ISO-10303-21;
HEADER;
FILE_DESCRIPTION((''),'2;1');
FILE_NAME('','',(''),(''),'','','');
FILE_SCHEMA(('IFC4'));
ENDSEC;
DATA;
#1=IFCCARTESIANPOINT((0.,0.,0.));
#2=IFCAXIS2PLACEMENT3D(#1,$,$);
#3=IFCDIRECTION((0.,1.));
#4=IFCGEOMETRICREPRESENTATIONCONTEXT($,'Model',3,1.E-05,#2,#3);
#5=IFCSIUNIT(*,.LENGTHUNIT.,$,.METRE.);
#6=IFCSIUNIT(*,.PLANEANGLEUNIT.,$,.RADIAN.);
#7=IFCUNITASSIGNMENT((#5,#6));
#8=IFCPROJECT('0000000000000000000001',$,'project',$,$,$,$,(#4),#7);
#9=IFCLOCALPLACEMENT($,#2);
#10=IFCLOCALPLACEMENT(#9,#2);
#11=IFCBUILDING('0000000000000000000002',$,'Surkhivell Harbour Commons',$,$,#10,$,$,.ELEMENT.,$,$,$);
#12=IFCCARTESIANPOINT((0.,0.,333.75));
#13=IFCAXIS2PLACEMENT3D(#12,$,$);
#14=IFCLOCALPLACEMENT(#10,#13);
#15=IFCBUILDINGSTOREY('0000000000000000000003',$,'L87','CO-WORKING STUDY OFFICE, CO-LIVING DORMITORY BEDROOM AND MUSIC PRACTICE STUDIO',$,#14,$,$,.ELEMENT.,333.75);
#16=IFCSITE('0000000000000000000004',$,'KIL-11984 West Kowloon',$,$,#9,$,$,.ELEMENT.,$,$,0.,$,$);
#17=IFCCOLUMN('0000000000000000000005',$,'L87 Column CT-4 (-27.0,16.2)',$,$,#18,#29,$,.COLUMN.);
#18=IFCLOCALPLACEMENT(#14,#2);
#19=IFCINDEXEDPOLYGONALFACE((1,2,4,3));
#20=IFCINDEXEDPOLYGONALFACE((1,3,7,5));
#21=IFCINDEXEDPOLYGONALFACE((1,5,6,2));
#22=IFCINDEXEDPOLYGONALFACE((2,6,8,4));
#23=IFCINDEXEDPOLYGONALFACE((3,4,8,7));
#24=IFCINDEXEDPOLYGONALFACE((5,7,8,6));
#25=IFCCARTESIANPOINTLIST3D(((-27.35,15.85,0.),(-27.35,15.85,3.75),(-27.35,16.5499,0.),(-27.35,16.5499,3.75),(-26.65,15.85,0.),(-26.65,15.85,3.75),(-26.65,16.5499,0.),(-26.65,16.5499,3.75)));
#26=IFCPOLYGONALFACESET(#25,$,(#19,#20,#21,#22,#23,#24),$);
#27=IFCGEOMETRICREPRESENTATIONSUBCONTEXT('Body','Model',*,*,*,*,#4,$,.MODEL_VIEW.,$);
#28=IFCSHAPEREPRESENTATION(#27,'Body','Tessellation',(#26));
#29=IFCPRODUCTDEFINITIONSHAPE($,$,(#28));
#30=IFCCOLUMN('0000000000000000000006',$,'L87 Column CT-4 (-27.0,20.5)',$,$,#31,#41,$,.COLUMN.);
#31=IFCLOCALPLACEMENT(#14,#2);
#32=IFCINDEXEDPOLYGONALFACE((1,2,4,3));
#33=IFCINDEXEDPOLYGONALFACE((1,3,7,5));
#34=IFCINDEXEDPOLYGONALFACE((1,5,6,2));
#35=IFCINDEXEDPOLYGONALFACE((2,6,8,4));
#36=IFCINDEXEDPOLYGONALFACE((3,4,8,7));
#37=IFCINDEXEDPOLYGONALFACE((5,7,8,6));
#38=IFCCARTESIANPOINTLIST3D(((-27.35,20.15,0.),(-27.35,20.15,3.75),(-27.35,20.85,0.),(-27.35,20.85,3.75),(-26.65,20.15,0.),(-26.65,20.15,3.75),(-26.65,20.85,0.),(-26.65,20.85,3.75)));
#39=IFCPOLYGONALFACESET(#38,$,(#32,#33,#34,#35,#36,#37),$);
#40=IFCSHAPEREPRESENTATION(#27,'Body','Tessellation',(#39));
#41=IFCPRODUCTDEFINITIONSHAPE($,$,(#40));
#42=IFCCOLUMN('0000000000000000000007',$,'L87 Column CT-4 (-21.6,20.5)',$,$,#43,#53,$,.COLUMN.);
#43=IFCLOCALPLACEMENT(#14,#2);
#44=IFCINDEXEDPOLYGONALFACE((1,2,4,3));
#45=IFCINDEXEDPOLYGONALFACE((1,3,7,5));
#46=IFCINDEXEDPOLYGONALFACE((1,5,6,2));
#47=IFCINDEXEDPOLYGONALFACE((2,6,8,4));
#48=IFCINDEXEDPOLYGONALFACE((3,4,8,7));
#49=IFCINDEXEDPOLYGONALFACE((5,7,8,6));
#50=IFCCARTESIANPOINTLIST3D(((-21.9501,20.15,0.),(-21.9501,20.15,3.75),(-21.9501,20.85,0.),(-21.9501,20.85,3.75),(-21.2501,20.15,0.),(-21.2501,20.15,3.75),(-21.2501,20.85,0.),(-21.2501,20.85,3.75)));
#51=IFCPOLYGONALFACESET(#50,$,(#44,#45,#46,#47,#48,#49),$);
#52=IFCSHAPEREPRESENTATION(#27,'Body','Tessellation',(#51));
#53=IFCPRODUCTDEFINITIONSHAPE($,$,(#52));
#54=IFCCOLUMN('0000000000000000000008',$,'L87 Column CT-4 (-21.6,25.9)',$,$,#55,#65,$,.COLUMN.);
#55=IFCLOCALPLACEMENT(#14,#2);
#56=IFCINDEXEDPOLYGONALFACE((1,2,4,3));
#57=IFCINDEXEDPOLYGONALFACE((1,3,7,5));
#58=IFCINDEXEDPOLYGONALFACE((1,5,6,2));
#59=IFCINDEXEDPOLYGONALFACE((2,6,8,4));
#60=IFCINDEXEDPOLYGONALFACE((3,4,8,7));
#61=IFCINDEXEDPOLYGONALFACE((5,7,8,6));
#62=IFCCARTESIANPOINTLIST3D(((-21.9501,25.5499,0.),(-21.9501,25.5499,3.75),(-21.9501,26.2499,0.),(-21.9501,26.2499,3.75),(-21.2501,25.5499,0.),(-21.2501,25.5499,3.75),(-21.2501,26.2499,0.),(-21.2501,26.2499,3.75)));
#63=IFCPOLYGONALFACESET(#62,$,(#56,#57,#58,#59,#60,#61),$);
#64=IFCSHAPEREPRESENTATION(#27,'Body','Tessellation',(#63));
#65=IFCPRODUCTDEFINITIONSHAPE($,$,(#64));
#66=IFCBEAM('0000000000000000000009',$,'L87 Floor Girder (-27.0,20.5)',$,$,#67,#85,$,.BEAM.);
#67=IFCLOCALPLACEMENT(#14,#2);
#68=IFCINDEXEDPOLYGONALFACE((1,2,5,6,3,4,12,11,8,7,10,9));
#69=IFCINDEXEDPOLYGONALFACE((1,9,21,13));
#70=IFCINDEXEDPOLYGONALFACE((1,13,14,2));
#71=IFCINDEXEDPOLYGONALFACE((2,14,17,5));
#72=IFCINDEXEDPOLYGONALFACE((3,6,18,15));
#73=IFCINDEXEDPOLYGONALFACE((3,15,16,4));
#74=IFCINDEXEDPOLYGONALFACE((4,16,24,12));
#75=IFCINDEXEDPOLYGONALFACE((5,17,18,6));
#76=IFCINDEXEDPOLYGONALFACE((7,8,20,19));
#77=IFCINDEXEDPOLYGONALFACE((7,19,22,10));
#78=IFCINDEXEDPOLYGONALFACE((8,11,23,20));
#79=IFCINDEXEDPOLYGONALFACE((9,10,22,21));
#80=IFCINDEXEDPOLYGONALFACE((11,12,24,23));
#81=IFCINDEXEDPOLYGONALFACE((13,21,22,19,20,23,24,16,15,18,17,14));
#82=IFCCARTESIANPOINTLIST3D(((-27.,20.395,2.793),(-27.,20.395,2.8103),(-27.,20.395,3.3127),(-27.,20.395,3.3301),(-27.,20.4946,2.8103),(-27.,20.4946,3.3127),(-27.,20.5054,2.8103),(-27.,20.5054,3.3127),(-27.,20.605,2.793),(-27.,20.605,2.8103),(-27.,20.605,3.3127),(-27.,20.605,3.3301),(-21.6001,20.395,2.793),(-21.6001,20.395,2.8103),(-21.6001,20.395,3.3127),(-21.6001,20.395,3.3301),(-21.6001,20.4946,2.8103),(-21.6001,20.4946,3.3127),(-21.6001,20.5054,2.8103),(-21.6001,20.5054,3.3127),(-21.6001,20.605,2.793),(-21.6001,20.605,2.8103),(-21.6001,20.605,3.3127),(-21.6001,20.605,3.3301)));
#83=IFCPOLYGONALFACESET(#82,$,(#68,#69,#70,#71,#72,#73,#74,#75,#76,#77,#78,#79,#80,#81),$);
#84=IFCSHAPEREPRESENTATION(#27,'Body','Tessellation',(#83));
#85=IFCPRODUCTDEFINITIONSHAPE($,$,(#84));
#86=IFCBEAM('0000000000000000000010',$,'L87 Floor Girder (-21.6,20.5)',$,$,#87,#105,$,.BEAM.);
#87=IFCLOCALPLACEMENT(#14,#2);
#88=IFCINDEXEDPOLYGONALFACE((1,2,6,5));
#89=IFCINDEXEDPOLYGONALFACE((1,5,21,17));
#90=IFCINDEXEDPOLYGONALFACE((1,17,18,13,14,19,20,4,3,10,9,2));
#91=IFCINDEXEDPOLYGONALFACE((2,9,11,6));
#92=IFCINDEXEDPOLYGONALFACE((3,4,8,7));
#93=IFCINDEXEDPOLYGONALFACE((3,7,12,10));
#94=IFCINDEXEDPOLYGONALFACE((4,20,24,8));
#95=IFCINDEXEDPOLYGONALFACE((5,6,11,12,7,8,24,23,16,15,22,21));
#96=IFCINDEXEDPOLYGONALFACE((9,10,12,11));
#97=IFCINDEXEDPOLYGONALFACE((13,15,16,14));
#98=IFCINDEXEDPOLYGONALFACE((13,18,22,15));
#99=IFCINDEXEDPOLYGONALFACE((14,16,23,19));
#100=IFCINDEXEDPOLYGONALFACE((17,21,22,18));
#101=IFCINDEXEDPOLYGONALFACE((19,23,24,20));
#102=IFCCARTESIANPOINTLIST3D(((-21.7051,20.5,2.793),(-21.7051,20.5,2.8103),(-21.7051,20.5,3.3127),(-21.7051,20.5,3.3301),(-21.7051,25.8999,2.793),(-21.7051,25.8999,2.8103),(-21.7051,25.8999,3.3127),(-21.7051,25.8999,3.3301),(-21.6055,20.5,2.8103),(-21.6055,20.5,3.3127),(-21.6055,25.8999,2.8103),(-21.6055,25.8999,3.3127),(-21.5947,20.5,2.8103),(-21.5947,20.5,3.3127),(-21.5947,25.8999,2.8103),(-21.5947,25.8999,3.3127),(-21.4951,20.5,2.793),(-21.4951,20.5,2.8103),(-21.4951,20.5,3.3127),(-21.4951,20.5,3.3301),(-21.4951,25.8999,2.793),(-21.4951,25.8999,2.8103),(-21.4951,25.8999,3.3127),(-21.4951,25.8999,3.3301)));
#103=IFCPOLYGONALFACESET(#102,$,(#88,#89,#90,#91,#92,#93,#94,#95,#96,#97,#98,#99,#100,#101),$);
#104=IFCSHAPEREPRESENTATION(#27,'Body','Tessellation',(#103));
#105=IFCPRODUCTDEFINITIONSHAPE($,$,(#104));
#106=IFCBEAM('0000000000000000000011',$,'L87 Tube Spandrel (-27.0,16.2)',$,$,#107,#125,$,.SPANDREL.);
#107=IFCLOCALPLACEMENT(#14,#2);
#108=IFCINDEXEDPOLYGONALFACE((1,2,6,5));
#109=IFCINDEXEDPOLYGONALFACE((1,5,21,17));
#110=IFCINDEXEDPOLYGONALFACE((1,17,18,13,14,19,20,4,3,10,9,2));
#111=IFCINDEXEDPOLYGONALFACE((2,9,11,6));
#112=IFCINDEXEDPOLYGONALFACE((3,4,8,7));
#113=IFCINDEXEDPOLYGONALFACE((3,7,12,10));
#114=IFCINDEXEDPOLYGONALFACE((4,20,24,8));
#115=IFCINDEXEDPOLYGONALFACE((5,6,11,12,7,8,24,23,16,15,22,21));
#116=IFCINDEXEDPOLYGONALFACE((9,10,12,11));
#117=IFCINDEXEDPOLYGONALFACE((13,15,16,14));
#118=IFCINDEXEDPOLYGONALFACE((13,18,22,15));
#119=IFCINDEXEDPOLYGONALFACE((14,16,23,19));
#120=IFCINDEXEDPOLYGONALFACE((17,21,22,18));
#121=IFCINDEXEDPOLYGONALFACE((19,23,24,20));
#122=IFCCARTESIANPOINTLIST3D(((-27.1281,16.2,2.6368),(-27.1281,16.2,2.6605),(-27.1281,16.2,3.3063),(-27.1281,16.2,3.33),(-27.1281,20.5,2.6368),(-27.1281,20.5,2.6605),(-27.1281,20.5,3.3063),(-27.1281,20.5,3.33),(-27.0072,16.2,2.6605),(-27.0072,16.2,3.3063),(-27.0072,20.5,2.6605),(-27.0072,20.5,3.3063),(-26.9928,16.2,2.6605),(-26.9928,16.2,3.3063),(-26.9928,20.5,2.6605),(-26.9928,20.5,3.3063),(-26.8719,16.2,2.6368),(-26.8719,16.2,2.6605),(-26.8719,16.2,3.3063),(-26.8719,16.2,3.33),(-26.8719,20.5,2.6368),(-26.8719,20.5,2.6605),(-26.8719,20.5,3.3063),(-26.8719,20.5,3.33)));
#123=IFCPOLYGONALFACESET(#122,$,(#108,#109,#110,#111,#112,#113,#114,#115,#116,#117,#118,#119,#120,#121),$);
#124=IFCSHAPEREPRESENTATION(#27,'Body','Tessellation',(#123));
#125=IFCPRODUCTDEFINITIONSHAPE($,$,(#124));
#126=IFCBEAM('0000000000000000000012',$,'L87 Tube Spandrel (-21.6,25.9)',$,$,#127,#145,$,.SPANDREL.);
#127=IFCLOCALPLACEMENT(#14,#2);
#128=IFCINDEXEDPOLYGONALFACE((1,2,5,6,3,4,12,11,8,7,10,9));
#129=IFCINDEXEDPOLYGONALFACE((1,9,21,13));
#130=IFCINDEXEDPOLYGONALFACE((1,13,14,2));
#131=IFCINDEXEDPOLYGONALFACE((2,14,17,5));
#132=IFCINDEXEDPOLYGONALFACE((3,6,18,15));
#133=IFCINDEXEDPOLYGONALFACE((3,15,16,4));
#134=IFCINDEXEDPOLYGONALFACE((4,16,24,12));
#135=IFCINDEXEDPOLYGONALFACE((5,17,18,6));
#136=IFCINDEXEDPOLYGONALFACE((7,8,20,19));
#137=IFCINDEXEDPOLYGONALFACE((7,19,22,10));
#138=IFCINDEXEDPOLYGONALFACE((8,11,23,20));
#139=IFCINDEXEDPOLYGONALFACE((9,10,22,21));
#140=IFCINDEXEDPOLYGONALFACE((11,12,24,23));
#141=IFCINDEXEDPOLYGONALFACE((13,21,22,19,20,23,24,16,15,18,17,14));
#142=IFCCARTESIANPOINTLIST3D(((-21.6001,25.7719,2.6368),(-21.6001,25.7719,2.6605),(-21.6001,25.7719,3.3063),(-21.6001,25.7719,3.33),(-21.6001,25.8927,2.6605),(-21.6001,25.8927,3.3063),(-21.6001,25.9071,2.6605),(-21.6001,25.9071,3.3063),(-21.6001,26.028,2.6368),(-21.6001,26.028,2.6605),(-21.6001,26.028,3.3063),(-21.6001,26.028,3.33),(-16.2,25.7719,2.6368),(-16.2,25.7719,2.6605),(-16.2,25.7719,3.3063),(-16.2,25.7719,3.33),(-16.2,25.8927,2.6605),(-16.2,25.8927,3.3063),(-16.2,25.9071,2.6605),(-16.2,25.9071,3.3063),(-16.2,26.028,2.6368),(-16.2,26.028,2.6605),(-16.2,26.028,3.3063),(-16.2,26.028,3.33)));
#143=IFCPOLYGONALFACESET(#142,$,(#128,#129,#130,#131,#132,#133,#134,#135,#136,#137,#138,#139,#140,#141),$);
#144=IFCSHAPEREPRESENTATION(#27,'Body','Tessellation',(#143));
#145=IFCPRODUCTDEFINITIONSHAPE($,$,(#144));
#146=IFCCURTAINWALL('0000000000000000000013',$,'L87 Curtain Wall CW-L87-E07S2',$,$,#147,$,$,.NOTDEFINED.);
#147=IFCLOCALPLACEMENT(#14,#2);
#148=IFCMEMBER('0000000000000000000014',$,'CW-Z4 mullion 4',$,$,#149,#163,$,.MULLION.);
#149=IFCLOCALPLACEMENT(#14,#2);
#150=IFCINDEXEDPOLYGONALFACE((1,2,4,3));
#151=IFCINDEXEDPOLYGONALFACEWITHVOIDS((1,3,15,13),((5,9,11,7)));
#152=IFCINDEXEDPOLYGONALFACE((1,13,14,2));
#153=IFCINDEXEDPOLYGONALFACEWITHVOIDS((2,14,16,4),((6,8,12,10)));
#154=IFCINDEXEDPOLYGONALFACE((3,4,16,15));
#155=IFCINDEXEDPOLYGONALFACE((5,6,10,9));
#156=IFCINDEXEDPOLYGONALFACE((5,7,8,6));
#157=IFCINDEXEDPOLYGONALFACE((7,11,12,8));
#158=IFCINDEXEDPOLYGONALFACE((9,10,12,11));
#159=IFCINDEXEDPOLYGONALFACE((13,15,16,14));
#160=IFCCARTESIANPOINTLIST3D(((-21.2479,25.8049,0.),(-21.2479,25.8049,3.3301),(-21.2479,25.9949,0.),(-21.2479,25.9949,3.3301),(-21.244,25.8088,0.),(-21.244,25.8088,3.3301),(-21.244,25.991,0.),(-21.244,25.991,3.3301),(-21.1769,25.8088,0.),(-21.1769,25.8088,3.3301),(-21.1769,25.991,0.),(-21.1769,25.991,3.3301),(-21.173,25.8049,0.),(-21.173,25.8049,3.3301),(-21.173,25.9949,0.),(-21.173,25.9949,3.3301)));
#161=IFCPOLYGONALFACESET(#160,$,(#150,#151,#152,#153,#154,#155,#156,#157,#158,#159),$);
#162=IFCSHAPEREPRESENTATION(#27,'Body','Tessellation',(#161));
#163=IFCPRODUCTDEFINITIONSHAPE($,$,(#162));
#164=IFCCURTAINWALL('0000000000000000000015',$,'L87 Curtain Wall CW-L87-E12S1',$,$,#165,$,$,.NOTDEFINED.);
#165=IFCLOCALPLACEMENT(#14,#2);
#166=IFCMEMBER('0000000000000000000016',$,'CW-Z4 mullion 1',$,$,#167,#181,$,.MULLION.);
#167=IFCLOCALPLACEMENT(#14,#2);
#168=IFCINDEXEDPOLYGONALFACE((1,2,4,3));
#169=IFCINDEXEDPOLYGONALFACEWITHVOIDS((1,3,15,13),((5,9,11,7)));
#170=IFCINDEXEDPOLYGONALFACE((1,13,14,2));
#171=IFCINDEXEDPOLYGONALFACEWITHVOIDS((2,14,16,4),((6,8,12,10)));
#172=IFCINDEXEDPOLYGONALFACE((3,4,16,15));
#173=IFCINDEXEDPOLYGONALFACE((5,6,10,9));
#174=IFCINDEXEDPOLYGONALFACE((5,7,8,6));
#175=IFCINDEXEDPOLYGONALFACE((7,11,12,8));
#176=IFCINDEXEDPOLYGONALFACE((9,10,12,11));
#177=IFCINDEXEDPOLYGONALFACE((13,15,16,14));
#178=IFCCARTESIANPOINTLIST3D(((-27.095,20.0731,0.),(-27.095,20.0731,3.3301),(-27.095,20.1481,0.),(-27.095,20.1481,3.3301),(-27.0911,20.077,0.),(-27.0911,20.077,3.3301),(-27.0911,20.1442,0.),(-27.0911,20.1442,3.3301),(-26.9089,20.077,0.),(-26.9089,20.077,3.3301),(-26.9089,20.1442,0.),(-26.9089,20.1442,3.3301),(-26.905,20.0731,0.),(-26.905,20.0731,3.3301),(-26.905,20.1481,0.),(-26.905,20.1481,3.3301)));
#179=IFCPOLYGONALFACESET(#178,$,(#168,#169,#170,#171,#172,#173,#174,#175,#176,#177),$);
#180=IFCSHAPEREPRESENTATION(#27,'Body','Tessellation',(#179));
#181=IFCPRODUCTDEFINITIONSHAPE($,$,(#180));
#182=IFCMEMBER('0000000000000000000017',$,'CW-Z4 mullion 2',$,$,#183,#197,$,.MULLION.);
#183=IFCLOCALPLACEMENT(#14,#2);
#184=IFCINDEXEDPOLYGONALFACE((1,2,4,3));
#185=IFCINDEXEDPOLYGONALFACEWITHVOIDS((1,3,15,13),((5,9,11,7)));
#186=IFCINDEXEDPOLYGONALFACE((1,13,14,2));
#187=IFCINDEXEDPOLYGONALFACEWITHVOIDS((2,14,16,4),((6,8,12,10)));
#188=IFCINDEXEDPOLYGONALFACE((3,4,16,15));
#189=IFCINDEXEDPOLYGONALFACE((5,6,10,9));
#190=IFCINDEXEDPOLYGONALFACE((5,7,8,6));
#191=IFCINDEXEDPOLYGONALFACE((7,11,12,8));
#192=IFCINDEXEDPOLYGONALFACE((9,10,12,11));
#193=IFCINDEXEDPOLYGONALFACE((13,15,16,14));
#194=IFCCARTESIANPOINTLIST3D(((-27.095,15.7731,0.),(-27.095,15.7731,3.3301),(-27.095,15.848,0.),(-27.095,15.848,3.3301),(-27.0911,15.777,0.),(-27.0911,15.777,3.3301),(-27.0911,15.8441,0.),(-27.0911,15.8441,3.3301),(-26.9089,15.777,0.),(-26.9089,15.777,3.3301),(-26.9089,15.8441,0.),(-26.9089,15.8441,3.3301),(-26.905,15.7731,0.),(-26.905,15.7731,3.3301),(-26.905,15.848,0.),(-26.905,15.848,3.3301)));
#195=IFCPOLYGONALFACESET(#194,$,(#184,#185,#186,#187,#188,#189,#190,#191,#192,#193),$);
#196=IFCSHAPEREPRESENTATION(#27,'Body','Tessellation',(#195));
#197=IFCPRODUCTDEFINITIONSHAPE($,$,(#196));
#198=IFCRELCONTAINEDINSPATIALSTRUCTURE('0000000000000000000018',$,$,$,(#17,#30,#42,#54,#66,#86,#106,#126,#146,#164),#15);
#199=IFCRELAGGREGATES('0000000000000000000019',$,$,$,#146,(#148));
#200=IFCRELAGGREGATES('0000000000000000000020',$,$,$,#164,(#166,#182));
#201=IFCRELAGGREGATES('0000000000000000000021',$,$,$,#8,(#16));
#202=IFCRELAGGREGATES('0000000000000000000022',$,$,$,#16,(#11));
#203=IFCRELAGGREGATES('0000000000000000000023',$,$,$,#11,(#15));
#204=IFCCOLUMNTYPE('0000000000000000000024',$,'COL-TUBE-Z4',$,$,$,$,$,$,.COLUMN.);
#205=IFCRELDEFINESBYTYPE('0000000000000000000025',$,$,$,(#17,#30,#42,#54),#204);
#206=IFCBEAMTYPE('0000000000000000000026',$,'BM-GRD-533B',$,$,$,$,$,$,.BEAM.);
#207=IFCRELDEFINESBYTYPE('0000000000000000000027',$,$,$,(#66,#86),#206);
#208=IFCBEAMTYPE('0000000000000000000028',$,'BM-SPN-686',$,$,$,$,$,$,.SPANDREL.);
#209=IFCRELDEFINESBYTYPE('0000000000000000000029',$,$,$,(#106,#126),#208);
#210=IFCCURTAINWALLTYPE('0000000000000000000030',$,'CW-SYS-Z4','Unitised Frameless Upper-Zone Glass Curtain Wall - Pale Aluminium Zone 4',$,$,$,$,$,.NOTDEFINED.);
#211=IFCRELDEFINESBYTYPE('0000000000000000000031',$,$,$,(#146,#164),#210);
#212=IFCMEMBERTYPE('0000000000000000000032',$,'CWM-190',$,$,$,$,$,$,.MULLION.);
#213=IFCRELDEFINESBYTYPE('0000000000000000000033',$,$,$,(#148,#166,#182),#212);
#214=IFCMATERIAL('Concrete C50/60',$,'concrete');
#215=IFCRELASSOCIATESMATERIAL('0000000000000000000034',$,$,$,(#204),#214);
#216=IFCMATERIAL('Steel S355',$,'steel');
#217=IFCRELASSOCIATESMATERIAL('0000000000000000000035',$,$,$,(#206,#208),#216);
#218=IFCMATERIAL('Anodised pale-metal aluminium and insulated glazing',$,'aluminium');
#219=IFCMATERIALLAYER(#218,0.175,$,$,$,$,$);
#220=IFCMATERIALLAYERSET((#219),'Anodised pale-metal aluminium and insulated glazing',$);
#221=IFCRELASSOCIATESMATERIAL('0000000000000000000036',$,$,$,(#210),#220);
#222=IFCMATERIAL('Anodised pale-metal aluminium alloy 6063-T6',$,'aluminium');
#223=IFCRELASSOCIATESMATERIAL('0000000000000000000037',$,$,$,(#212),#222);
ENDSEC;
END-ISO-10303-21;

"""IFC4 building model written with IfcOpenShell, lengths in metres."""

from ifc_helpers import new_model, si_unit, direction, frame, origin, origin_2d, place, context, subcontext, project, spatial, rectangle, hollow_rectangle, i_section, extrude, material, layer, layer_set, material_profile, profile_set, type_object, element, aggregate, save


model = new_model("IFC4")

# Units and contexts
model_context = context("Model", 3, precision=1e-05, world=origin(), true_north=direction((0.0, 1.0)))
body_context = subcontext(model_context, "Body", "Model", "MODEL_VIEW")
ifc_project = project(units=[si_unit("LENGTHUNIT", "METRE"), si_unit("PLANEANGLEUNIT", "RADIAN")], contexts=[model_context])

# Site, building, storey
site_placement = place(None, origin())
site = spatial("IfcSite", under=ifc_project, at=site_placement, Name="KIL-11984 West Kowloon", CompositionType="ELEMENT", RefElevation=0.0)
building_placement = place(site_placement, origin())
building = spatial("IfcBuilding", under=site, at=building_placement, Name="Surkhivell Harbour Commons", CompositionType="ELEMENT")
storey_placement = place(building_placement, frame((0.0, 0.0, 333.75)))
storey = spatial("IfcBuildingStorey", under=building, at=storey_placement, Name="L87", Description="CO-WORKING STUDY OFFICE, CO-LIVING DORMITORY BEDROOM AND MUSIC PRACTICE STUDIO", CompositionType="ELEMENT", Elevation=333.75)

# Columns
ifc_material_1 = material(Name="Concrete C50/60", Category="concrete")
ifc_material_profile_1 = material_profile(ifc_material_1, rectangle(XDim=0.7, YDim=0.7, at=origin_2d()), Name="RC-COL-700x700")
ifc_profile_set_1 = profile_set([ifc_material_profile_1], Name="Concrete C50/60")
column_type = type_object("IfcColumnType", Name="COL-TUBE-Z4", PredefinedType="COLUMN", material=ifc_profile_set_1)
for number, where, z_axis, x_axis, name in (
    (1, (-27.0, 16.2, 0.0), (0.0, 0.0, 1.0), (1.0, 0.0, 0.0), "L87 Column CT-4 (-27.0,16.2)"),
    (2, (-27.0, 20.5, 0.0), (0.0, 0.0, 1.0), (1.0, 0.0, 0.0), "L87 Column CT-4 (-27.0,20.5)"),
    (3, (-21.6001, 20.5, 0.0), (0.0, 0.0, 1.0), (1.0, 0.0, 0.0), "L87 Column CT-4 (-21.6,20.5)"),
    (4, (-21.6001, 25.8999, 0.0), (0.0, 0.0, 1.0), (1.0, 0.0, 0.0), "L87 Column CT-4 (-21.6,25.9)"),
):
    element("IfcColumn", number, at=place(storey_placement, frame(where, z_axis=z_axis, x_axis=x_axis)), inside=storey, type_object=column_type, Name=name, PredefinedType="COLUMN", context=body_context, shape_type="SweptSolid", body=[
        extrude(rectangle(XDim=0.7, YDim=0.7, at=origin_2d()), origin(), (0.0, 0.0, 1.0), 3.75),
    ])

# Beams
ifc_material_2 = material(Name="Steel S355", Category="steel")
ifc_material_profile_2 = material_profile(ifc_material_2, i_section(OverallWidth=0.21, OverallDepth=0.5371, WebThickness=0.0107, FlangeThickness=0.0173, at=origin_2d()), Name="UB533x210x101")
ifc_profile_set_2 = profile_set([ifc_material_profile_2], Name="Steel S355")
beam_type_1 = type_object("IfcBeamType", Name="BM-GRD-533B", PredefinedType="BEAM", material=ifc_profile_set_2)
for number, where, z_axis, x_axis, name in (
    (5, (-27.0, 20.5, 3.0615), (1.0, 0.0, 0.0), (0.0, 1.0, 0.0), "L87 Floor Girder (-27.0,20.5)"),
    (6, (-21.6001, 20.5, 3.0615), (0.0, 1.0, 0.0), (-1.0, 0.0, 0.0), "L87 Floor Girder (-21.6,20.5)"),
):
    element("IfcBeam", number, at=place(storey_placement, frame(where, z_axis=z_axis, x_axis=x_axis)), inside=storey, type_object=beam_type_1, Name=name, PredefinedType="BEAM", context=body_context, shape_type="SweptSolid", body=[
        extrude(i_section(OverallWidth=0.21, OverallDepth=0.5371, WebThickness=0.0107, FlangeThickness=0.0173, at=origin_2d()), origin(), (0.0, 0.0, 1.0), 5.3999),
    ])
ifc_material_profile_3 = material_profile(ifc_material_2, i_section(OverallWidth=0.2561, OverallDepth=0.6931, WebThickness=0.0144, FlangeThickness=0.0237, at=origin_2d()), Name="UB686x254x170")
ifc_profile_set_3 = profile_set([ifc_material_profile_3], Name="Steel S355")
beam_type_2 = type_object("IfcBeamType", Name="BM-SPN-686", PredefinedType="SPANDREL", material=ifc_profile_set_3)
beam_1_placement = place(storey_placement, frame((-27.0, 16.2, 2.9834), z_axis=(0.0, 1.0, 0.0), x_axis=(-1.0, 0.0, 0.0)))
element("IfcBeam", 7, at=beam_1_placement, inside=storey, type_object=beam_type_2, Name="L87 Tube Spandrel (-27.0,16.2)", PredefinedType="SPANDREL", context=body_context, shape_type="SweptSolid", body=[
    extrude(i_section(OverallWidth=0.2561, OverallDepth=0.6931, WebThickness=0.0144, FlangeThickness=0.0237, at=origin_2d()), origin(), (0.0, 0.0, 1.0), 4.3),
])
beam_2_placement = place(storey_placement, frame((-21.6001, 25.8999, 2.9834), z_axis=(1.0, 0.0, 0.0), x_axis=(0.0, 1.0, 0.0)))
element("IfcBeam", 8, at=beam_2_placement, inside=storey, type_object=beam_type_2, Name="L87 Tube Spandrel (-21.6,25.9)", PredefinedType="SPANDREL", context=body_context, shape_type="SweptSolid", body=[
    extrude(i_section(OverallWidth=0.2561, OverallDepth=0.6931, WebThickness=0.0144, FlangeThickness=0.0237, at=origin_2d()), origin(), (0.0, 0.0, 1.0), 5.4001),
])

# Curtain wall, member
ifc_material_3 = material(Name="Anodised pale-metal aluminium and insulated glazing", Category="aluminium")
ifc_layer_1 = layer(ifc_material_3, 0.175)
ifc_layer_set_1 = layer_set([ifc_layer_1], Name="Anodised pale-metal aluminium and insulated glazing")
curtain_wall_type = type_object("IfcCurtainWallType", Name="CW-SYS-Z4", Description="Unitised Frameless Upper-Zone Glass Curtain Wall - Pale Aluminium Zone 4", PredefinedType="NOTDEFINED", material=ifc_layer_set_1)
curtain_wall_1_placement = place(storey_placement, origin())
curtain_wall_1 = element("IfcCurtainWall", 9, at=curtain_wall_1_placement, inside=storey, type_object=curtain_wall_type, Name="L87 Curtain Wall CW-L87-E07S2", PredefinedType="NOTDEFINED")
ifc_material_4 = material(Name="Anodised pale-metal aluminium alloy 6063-T6", Category="aluminium")
ifc_material_profile_4 = material_profile(ifc_material_4, hollow_rectangle(XDim=0.075, YDim=0.1899, WallThickness=0.0039, at=origin_2d()), Name="ALU-MULL-75x190")
ifc_profile_set_4 = profile_set([ifc_material_profile_4], Name="Anodised pale-metal aluminium alloy 6063-T6")
member_type_1 = type_object("IfcMemberType", Name="CWM-190", PredefinedType="MULLION", material=ifc_profile_set_4)
member_1_placement = place(storey_placement, frame((-21.2104, 25.8999, 0.0), z_axis=(0.0, 0.0, 1.0), x_axis=(-1.0, 0.0, 0.0)))
member_1 = element("IfcMember", 10, at=member_1_placement, type_object=member_type_1, Name="CW-Z4 mullion 4", PredefinedType="MULLION", context=body_context, shape_type="SweptSolid", body=[
    extrude(hollow_rectangle(XDim=0.075, YDim=0.1899, WallThickness=0.0039, at=origin_2d()), origin(), (0.0, 0.0, 1.0), 3.3301),
])

# Curtain wall, members
curtain_wall_2_placement = place(storey_placement, origin())
curtain_wall_2 = element("IfcCurtainWall", 11, at=curtain_wall_2_placement, inside=storey, type_object=curtain_wall_type, Name="L87 Curtain Wall CW-L87-E12S1", PredefinedType="NOTDEFINED")
member_2_placement = place(storey_placement, frame((-27.0, 20.1106, 0.0), z_axis=(0.0, 0.0, 1.0), x_axis=(0.0, -1.0, 0.0)))
member_2 = element("IfcMember", 12, at=member_2_placement, type_object=member_type_1, Name="CW-Z4 mullion 1", PredefinedType="MULLION", context=body_context, shape_type="SweptSolid", body=[
    extrude(hollow_rectangle(XDim=0.075, YDim=0.1899, WallThickness=0.0039, at=origin_2d()), origin(), (0.0, 0.0, 1.0), 3.3301),
])
member_3_placement = place(storey_placement, frame((-27.0, 15.8105, 0.0), z_axis=(0.0, 0.0, 1.0), x_axis=(0.0, -1.0, 0.0)))
member_3 = element("IfcMember", 13, at=member_3_placement, type_object=member_type_1, Name="CW-Z4 mullion 2", PredefinedType="MULLION", context=body_context, shape_type="SweptSolid", body=[
    extrude(hollow_rectangle(XDim=0.075, YDim=0.1899, WallThickness=0.0039, at=origin_2d()), origin(), (0.0, 0.0, 1.0), 3.3301),
])

aggregate(curtain_wall_1, [member_1])
aggregate(curtain_wall_2, [member_2, member_3])

save(model, "model.ifc")
